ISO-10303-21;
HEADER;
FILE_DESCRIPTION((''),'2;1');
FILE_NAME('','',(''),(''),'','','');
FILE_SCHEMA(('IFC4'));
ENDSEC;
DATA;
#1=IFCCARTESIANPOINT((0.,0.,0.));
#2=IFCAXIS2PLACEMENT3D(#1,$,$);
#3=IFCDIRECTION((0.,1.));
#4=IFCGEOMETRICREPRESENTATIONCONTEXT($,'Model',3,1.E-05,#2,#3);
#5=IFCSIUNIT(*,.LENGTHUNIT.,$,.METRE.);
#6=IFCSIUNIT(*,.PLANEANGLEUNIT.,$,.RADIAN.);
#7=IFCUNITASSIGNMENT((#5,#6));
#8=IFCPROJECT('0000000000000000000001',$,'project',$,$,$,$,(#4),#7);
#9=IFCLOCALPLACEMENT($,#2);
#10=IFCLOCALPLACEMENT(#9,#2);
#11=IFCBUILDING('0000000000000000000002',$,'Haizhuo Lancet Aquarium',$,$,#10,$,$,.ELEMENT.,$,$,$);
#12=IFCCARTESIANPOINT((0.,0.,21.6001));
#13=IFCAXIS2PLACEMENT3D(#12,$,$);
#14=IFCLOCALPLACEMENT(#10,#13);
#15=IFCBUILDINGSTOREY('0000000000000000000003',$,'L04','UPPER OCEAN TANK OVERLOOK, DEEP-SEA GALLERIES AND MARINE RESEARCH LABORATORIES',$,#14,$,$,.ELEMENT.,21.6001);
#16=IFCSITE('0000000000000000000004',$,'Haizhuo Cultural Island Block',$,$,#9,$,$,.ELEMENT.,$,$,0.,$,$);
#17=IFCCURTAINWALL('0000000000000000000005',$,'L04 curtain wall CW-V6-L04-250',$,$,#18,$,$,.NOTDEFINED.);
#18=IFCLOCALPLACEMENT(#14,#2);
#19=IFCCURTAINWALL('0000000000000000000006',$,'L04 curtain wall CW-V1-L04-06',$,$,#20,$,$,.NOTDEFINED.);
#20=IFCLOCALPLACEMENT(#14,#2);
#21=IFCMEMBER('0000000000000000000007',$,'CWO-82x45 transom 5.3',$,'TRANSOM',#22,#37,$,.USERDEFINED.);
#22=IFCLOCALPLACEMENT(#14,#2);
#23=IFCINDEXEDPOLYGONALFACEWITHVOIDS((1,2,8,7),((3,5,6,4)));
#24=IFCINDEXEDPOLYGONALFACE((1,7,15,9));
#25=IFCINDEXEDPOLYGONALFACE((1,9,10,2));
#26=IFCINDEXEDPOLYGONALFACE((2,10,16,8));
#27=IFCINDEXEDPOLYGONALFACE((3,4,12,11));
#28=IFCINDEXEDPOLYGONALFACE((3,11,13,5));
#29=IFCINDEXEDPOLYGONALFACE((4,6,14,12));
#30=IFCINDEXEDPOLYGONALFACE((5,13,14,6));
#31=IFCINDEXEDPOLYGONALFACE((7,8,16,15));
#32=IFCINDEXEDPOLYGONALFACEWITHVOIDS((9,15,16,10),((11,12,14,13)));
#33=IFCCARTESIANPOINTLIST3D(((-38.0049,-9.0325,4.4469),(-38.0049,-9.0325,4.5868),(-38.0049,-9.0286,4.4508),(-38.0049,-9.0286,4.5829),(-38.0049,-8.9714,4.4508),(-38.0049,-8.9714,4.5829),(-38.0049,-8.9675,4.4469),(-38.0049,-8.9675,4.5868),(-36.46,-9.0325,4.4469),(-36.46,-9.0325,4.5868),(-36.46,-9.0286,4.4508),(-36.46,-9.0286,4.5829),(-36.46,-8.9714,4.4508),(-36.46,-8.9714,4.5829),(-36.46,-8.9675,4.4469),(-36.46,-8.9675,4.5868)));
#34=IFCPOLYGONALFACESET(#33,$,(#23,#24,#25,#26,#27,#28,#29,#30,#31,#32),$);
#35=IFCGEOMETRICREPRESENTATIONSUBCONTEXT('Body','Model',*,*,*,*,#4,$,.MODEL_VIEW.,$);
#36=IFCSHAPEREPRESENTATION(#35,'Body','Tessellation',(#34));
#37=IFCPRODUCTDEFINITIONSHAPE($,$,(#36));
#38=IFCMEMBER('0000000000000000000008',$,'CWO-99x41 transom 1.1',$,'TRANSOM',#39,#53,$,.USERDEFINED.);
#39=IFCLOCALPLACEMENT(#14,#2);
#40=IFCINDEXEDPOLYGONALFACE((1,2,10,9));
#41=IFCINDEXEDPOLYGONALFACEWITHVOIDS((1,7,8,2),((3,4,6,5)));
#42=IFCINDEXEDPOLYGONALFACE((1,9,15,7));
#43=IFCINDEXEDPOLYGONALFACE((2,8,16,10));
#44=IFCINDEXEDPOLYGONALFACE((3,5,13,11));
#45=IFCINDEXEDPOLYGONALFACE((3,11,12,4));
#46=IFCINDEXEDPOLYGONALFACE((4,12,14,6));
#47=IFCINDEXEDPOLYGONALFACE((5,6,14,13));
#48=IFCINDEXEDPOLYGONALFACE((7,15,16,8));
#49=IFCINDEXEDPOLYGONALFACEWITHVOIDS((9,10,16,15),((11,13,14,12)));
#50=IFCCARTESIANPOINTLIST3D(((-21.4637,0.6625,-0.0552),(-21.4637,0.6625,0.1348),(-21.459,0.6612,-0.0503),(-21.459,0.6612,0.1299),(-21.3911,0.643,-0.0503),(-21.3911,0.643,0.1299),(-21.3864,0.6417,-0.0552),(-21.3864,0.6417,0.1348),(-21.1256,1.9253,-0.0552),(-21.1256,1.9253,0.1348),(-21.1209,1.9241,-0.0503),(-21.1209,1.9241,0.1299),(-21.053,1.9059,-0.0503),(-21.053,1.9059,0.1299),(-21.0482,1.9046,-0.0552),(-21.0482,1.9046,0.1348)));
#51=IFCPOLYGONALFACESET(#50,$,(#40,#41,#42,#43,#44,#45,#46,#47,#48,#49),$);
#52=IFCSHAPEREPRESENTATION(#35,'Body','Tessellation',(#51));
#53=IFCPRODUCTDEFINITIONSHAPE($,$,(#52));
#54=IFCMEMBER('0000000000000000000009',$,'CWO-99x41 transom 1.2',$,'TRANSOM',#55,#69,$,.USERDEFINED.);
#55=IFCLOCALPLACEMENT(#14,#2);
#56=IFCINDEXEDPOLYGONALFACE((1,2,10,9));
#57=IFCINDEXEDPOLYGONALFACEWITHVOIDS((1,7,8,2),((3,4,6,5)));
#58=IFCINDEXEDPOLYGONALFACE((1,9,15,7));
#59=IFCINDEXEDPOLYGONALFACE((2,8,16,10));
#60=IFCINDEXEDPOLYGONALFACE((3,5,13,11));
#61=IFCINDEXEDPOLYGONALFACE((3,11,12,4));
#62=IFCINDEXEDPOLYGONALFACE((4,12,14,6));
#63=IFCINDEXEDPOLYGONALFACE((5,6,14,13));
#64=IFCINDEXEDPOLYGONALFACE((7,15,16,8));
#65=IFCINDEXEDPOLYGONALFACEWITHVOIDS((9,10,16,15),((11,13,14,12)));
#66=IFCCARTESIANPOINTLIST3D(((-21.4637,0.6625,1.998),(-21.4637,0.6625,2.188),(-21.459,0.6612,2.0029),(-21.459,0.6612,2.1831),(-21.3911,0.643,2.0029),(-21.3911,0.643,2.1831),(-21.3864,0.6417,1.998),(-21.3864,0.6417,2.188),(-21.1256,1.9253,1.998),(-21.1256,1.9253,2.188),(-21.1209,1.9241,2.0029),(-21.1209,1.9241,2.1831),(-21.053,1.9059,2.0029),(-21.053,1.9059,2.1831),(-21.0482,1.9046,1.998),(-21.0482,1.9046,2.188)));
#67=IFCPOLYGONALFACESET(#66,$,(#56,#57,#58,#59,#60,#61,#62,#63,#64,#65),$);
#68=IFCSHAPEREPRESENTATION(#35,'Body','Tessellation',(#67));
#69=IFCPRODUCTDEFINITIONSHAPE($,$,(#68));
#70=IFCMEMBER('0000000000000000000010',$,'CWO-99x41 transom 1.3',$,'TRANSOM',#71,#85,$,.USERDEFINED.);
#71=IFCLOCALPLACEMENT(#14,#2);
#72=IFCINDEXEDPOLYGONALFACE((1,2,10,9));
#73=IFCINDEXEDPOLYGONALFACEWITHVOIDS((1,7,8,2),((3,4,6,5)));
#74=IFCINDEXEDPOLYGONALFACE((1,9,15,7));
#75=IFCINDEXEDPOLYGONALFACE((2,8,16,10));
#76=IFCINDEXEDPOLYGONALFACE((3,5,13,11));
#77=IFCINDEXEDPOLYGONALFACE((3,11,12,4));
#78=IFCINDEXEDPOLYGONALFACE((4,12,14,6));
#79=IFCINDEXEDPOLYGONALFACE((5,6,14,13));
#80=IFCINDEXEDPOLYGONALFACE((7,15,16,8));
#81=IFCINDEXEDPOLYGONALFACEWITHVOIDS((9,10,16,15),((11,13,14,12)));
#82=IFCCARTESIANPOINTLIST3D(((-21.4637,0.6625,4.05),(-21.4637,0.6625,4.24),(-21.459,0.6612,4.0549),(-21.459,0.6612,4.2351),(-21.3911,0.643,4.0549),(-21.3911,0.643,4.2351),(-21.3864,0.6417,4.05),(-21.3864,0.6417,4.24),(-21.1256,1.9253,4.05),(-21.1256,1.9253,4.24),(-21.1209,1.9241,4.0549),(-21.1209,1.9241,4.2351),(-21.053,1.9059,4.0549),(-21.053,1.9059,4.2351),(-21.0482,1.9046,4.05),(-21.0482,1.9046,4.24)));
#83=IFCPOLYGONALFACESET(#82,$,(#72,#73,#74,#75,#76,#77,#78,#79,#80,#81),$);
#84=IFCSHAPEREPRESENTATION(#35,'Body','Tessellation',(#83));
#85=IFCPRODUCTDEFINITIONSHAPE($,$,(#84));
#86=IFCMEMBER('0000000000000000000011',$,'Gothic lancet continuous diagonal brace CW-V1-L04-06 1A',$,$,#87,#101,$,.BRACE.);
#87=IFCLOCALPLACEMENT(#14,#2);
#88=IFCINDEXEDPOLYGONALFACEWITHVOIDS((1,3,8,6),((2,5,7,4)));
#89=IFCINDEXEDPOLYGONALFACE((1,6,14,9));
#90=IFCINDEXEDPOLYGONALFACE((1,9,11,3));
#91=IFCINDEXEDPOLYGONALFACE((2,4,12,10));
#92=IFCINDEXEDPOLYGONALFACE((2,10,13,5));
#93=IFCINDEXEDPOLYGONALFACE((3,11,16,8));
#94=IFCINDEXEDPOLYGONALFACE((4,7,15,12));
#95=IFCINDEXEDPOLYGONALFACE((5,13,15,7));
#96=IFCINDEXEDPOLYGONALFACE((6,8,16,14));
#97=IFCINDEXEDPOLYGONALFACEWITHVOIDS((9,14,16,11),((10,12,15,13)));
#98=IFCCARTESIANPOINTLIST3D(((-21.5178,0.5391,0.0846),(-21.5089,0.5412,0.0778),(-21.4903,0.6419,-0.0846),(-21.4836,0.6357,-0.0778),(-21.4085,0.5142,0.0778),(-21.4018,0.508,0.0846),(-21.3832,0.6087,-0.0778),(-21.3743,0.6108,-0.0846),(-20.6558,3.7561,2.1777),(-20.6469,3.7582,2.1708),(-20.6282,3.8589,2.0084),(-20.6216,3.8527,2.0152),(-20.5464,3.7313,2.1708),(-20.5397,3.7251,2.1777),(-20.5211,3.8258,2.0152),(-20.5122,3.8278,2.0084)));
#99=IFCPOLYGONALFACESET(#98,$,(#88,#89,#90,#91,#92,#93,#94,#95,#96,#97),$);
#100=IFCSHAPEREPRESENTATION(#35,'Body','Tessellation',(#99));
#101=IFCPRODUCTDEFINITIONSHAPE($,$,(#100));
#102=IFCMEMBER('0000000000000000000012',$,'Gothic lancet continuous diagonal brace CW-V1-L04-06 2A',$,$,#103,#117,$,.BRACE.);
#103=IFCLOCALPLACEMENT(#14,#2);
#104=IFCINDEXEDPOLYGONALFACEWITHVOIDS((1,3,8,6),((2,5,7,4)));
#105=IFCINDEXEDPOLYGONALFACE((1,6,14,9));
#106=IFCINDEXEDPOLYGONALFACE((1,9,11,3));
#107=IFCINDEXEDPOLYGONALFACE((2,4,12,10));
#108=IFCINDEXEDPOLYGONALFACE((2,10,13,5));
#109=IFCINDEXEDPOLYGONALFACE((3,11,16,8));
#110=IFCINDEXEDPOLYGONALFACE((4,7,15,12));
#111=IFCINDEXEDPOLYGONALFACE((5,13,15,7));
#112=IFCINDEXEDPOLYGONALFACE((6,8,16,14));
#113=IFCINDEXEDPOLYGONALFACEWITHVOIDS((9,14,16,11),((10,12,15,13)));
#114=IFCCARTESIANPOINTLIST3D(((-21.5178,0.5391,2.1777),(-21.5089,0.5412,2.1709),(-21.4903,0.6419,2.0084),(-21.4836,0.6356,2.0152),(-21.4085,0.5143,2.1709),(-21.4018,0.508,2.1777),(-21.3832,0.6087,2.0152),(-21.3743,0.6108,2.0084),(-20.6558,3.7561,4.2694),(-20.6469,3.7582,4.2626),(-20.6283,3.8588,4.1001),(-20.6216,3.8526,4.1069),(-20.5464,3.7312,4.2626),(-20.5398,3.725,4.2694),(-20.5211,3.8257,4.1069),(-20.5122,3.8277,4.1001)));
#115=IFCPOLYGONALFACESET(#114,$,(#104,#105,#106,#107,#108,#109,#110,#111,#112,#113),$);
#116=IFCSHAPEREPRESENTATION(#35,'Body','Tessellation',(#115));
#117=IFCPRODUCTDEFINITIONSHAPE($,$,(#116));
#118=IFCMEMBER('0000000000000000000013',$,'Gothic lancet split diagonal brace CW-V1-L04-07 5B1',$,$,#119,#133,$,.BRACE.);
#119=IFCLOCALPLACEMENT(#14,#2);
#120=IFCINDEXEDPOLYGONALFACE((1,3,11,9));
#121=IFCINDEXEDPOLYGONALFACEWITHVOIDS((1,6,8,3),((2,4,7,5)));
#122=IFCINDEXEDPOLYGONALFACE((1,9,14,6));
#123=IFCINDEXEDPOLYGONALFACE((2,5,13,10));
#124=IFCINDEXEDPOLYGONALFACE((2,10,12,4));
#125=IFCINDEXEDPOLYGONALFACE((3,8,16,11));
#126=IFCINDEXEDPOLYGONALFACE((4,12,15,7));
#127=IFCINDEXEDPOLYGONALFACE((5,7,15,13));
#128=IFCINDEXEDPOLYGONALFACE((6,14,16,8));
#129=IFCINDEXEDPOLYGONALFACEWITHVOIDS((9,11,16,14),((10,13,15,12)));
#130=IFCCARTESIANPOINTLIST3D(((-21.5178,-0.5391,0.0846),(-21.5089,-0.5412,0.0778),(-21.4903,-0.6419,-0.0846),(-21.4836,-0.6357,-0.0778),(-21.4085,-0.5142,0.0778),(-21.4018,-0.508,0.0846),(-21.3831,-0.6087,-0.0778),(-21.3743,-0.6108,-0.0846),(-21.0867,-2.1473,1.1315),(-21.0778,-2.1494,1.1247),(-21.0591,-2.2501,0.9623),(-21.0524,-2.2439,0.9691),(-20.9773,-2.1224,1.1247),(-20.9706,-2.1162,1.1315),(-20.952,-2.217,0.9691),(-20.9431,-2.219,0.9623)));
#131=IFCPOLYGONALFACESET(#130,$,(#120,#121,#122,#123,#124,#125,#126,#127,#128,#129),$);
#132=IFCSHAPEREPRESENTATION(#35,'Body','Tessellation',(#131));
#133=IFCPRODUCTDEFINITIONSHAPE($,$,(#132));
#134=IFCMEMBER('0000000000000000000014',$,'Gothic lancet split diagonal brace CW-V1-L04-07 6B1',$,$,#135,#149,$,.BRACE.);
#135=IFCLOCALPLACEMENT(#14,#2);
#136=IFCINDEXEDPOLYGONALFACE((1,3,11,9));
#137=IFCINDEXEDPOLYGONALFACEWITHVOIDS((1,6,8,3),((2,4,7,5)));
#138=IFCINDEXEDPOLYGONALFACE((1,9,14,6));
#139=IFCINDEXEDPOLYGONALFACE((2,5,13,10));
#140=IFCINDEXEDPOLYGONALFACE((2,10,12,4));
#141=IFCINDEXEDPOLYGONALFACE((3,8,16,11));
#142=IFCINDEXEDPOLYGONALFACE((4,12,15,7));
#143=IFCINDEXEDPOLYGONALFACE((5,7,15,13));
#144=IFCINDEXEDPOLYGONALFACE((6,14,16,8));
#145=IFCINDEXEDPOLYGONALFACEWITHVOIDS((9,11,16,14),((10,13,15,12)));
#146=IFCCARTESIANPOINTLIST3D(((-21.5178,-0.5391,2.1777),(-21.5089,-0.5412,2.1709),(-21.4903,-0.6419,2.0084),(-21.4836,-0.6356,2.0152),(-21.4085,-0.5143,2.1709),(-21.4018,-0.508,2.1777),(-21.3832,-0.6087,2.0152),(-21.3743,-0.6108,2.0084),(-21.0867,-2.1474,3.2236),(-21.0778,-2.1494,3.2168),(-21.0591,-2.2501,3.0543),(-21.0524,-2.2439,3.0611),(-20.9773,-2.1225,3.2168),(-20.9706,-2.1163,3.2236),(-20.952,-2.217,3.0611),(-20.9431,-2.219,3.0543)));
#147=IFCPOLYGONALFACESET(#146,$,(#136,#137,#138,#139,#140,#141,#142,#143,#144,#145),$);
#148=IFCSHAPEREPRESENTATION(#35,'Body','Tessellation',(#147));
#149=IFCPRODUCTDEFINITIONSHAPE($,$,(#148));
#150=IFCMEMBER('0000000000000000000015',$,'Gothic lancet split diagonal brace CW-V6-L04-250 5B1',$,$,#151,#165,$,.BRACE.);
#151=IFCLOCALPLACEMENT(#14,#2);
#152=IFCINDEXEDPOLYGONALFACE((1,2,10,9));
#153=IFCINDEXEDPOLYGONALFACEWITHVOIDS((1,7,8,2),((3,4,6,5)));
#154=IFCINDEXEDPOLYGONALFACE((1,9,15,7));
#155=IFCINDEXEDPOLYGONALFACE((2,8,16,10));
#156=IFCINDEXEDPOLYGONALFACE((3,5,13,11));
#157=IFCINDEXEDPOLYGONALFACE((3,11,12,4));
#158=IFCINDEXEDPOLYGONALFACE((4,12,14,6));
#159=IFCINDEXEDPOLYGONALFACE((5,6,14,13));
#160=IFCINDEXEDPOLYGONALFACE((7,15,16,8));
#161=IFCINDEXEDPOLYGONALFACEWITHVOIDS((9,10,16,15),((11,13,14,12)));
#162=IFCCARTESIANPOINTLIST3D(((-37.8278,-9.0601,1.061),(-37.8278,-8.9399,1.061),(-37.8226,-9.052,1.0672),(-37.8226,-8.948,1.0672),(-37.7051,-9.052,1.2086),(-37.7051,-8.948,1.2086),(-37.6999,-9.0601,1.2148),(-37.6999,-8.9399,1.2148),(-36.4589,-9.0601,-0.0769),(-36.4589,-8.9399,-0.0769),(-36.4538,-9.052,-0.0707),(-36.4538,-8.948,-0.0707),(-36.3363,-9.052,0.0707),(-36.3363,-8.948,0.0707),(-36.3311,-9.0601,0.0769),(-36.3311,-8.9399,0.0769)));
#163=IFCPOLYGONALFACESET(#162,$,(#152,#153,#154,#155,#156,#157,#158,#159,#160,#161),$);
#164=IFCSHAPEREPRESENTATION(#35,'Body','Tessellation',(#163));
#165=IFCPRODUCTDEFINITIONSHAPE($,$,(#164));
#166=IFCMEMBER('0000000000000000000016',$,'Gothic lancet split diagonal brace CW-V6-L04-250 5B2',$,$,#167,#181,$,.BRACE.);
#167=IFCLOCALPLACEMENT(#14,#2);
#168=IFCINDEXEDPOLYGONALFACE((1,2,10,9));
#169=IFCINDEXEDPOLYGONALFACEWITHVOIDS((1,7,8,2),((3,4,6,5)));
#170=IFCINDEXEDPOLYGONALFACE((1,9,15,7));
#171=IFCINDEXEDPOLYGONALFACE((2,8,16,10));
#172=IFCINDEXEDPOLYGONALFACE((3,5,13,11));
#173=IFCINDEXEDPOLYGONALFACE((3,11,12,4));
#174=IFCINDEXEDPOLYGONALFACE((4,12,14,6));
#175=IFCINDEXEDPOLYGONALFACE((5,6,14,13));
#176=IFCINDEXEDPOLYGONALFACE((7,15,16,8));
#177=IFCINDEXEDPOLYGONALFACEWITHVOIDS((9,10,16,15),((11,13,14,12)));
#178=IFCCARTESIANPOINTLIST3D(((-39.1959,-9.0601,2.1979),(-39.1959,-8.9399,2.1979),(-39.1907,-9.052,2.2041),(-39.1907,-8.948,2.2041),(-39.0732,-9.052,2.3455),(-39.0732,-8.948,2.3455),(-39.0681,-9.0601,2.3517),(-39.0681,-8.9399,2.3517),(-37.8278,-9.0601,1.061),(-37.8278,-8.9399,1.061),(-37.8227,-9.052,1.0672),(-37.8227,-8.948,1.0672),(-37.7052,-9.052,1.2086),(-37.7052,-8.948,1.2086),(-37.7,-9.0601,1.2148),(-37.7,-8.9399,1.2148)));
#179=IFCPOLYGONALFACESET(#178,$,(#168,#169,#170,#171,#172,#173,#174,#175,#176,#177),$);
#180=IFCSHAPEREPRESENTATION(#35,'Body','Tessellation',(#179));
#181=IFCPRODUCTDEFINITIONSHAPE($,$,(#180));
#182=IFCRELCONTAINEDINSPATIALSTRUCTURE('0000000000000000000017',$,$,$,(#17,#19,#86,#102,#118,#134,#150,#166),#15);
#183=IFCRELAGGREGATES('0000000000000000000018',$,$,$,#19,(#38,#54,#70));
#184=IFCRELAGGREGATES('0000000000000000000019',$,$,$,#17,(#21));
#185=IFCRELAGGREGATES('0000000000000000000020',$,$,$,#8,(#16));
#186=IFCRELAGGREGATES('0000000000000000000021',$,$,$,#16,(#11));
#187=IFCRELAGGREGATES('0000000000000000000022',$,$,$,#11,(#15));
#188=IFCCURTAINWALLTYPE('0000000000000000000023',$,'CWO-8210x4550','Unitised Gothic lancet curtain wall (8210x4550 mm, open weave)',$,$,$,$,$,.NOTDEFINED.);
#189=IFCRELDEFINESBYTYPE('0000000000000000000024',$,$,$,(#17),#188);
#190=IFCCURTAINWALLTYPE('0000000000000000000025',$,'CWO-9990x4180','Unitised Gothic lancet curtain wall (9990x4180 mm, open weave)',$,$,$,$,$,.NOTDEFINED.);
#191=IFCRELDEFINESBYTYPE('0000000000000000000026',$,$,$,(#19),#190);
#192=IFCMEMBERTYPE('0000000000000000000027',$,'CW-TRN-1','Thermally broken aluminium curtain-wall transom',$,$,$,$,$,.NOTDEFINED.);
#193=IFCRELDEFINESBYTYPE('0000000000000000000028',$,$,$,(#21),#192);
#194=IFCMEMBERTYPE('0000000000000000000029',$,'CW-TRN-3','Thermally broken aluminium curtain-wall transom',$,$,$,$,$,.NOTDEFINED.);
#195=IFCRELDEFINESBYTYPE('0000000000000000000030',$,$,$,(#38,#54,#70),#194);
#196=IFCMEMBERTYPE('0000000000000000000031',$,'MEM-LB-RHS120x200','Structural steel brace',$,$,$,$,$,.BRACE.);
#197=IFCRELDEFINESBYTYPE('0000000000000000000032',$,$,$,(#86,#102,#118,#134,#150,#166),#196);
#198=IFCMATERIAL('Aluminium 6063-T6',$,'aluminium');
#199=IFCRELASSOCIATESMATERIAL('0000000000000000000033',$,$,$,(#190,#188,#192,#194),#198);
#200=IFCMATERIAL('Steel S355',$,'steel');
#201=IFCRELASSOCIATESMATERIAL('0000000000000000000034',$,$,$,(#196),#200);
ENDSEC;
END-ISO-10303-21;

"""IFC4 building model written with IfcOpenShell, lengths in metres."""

from ifc_helpers import new_model, si_unit, direction, frame, origin, origin_2d, place, context, subcontext, project, spatial, hollow_rectangle, extrude, material, material_profile, profile_set, type_object, element, aggregate, save


model = new_model("IFC4")

# Units and contexts
model_context = context("Model", 3, precision=1e-05, world=origin(), true_north=direction((0.0, 1.0)))
body_context = subcontext(model_context, "Body", "Model", "MODEL_VIEW")
ifc_project = project(units=[si_unit("LENGTHUNIT", "METRE"), si_unit("PLANEANGLEUNIT", "RADIAN")], contexts=[model_context])

# Site, building, storey
site_placement = place(None, origin())
site = spatial("IfcSite", under=ifc_project, at=site_placement, Name="Haizhuo Cultural Island Block", CompositionType="ELEMENT", RefElevation=0.0)
building_placement = place(site_placement, origin())
building = spatial("IfcBuilding", under=site, at=building_placement, Name="Haizhuo Lancet Aquarium", CompositionType="ELEMENT")
storey_placement = place(building_placement, frame((0.0, 0.0, 21.6001)))
storey = spatial("IfcBuildingStorey", under=building, at=storey_placement, Name="L04", Description="UPPER OCEAN TANK OVERLOOK, DEEP-SEA GALLERIES AND MARINE RESEARCH LABORATORIES", CompositionType="ELEMENT", Elevation=21.6001)

# Shared definitions
ifc_material_1 = material(Name="Aluminium 6063-T6", Category="aluminium")
curtain_wall_type_1 = type_object("IfcCurtainWallType", Name="CWO-9990x4180", Description="Unitised Gothic lancet curtain wall (9990x4180 mm, open weave)", PredefinedType="NOTDEFINED", material=ifc_material_1)

# Curtain wall
curtain_wall_type_2 = type_object("IfcCurtainWallType", Name="CWO-8210x4550", Description="Unitised Gothic lancet curtain wall (8210x4550 mm, open weave)", PredefinedType="NOTDEFINED", material=ifc_material_1)
curtain_wall_1_placement = place(storey_placement, origin())
curtain_wall_1 = element("IfcCurtainWall", 1, at=curtain_wall_1_placement, inside=storey, type_object=curtain_wall_type_2, Name="L04 curtain wall CW-V6-L04-250", PredefinedType="NOTDEFINED")

# Curtain wall
curtain_wall_2_placement = place(storey_placement, origin())
curtain_wall_2 = element("IfcCurtainWall", 2, at=curtain_wall_2_placement, inside=storey, type_object=curtain_wall_type_1, Name="L04 curtain wall CW-V1-L04-06", PredefinedType="NOTDEFINED")

# Members
ifc_material_profile_1 = material_profile(ifc_material_1, hollow_rectangle(XDim=0.0649, YDim=0.1399, WallThickness=0.0039, at=origin_2d()), Name="ALU-T 65x140x4")
ifc_profile_set_1 = profile_set([ifc_material_profile_1], Name="Aluminium 6063-T6")
member_type_1 = type_object("IfcMemberType", Name="CW-TRN-1", Description="Thermally broken aluminium curtain-wall transom", PredefinedType="NOTDEFINED", material=ifc_profile_set_1)
member_1_placement = place(storey_placement, frame((-38.0049, -9.0, 4.5168), z_axis=(1.0, 0.0, 0.0), x_axis=(0.0, 1.0, 0.0)))
member_1 = element("IfcMember", 3, at=member_1_placement, type_object=member_type_1, Name="CWO-82x45 transom 5.3", ObjectType="TRANSOM", PredefinedType="USERDEFINED", context=body_context, shape_type="SweptSolid", body=[
    extrude(hollow_rectangle(XDim=0.0649, YDim=0.1399, WallThickness=0.0039, at=origin_2d()), origin(), (0.0, 0.0, 1.0), 1.5449),
])
ifc_material_profile_2 = material_profile(ifc_material_1, hollow_rectangle(XDim=0.0801, YDim=0.1899, WallThickness=0.0049, at=origin_2d()), Name="ALU-T 80x190x5")
ifc_profile_set_2 = profile_set([ifc_material_profile_2], Name="Aluminium 6063-T6")
member_type_2 = type_object("IfcMemberType", Name="CW-TRN-3", Description="Thermally broken aluminium curtain-wall transom", PredefinedType="NOTDEFINED", material=ifc_profile_set_2)
member_2_placement = place(storey_placement, frame((-21.425, 0.6521, 0.0398), z_axis=(0.258627, 0.965977, 0.0), x_axis=(-0.965977, 0.258627, 0.0)))
member_2 = element("IfcMember", 4, at=member_2_placement, type_object=member_type_2, Name="CWO-99x41 transom 1.1", ObjectType="TRANSOM", PredefinedType="USERDEFINED", context=body_context, shape_type="SweptSolid", body=[
    extrude(hollow_rectangle(XDim=0.0801, YDim=0.1899, WallThickness=0.0049, at=origin_2d()), origin(), (0.0, 0.0, 1.0), 1.3074),
])
member_3_placement = place(storey_placement, frame((-21.425, 0.6521, 2.093), z_axis=(0.258627, 0.965977, 0.0), x_axis=(-0.965977, 0.258627, 0.0)))
member_3 = element("IfcMember", 5, at=member_3_placement, type_object=member_type_2, Name="CWO-99x41 transom 1.2", ObjectType="TRANSOM", PredefinedType="USERDEFINED", context=body_context, shape_type="SweptSolid", body=[
    extrude(hollow_rectangle(XDim=0.0801, YDim=0.1899, WallThickness=0.0049, at=origin_2d()), origin(), (0.0, 0.0, 1.0), 1.3074),
])
member_4_placement = place(storey_placement, frame((-21.425, 0.6521, 4.145), z_axis=(0.258627, 0.965977, 0.0), x_axis=(-0.965977, 0.258627, 0.0)))
member_4 = element("IfcMember", 6, at=member_4_placement, type_object=member_type_2, Name="CWO-99x41 transom 1.3", ObjectType="TRANSOM", PredefinedType="USERDEFINED", context=body_context, shape_type="SweptSolid", body=[
    extrude(hollow_rectangle(XDim=0.0801, YDim=0.1899, WallThickness=0.0049, at=origin_2d()), origin(), (0.0, 0.0, 1.0), 1.3074),
])
aggregate(curtain_wall_2, [member_2, member_3, member_4])

# Members
ifc_material_2 = material(Name="Steel S355", Category="steel")
ifc_material_profile_3 = material_profile(ifc_material_2, hollow_rectangle(XDim=0.1201, YDim=0.2, WallThickness=0.0081, at=origin_2d()), Name="RHS 120x200x8")
ifc_profile_set_3 = profile_set([ifc_material_profile_3], Name="Steel S355")
member_type_3 = type_object("IfcMemberType", Name="MEM-LB-RHS120x200", Description="Structural steel brace", PredefinedType="BRACE", material=ifc_profile_set_3)
member_5_placement = place(storey_placement, frame((-21.446, 0.575, 0.0), z_axis=(0.219153, 0.817836, 0.532087), x_axis=(-0.965922, 0.258835, 0.0)))
element("IfcMember", 7, at=member_5_placement, inside=storey, type_object=member_type_3, Name="Gothic lancet continuous diagonal brace CW-V1-L04-06 1A", PredefinedType="BRACE", context=body_context, shape_type="SweptSolid", body=[
    extrude(hollow_rectangle(XDim=0.1201, YDim=0.2, WallThickness=0.0081, at=origin_2d()), origin(), (0.0, 0.0, 1.0), 3.9336),
])
member_6_placement = place(storey_placement, frame((-21.446, 0.575, 2.093), z_axis=(0.219189, 0.817971, 0.531864), x_axis=(-0.965922, 0.258835, 0.0)))
element("IfcMember", 8, at=member_6_placement, inside=storey, type_object=member_type_3, Name="Gothic lancet continuous diagonal brace CW-V1-L04-06 2A", PredefinedType="BRACE", context=body_context, shape_type="SweptSolid", body=[
    extrude(hollow_rectangle(XDim=0.1201, YDim=0.2, WallThickness=0.0081, at=origin_2d()), origin(), (0.0, 0.0, 1.0), 3.9329),
])
member_7_placement = place(storey_placement, frame((-21.446, -0.575, 0.0), z_axis=(0.219224, -0.817682, 0.532294), x_axis=(0.965888, 0.258958, 0.0)))
element("IfcMember", 9, at=member_7_placement, inside=storey, type_object=member_type_3, Name="Gothic lancet split diagonal brace CW-V1-L04-07 5B1", PredefinedType="BRACE", context=body_context, shape_type="SweptSolid", body=[
    extrude(hollow_rectangle(XDim=0.1201, YDim=0.2, WallThickness=0.0081, at=origin_2d()), origin(), (0.0, 0.0, 1.0), 1.9668),
])
member_8_placement = place(storey_placement, frame((-21.446, -0.575, 2.093), z_axis=(0.219282, -0.817898, 0.531938), x_axis=(0.965888, 0.258958, 0.0)))
element("IfcMember", 10, at=member_8_placement, inside=storey, type_object=member_type_3, Name="Gothic lancet split diagonal brace CW-V1-L04-07 6B1", PredefinedType="BRACE", context=body_context, shape_type="SweptSolid", body=[
    extrude(hollow_rectangle(XDim=0.1201, YDim=0.2, WallThickness=0.0081, at=origin_2d()), origin(), (0.0, 0.0, 1.0), 1.9663),
])
member_9_placement = place(storey_placement, frame((-36.395, -9.0, 0.0), z_axis=(-0.768996, 0.0, 0.639253), x_axis=(0.0, -1.0, 0.0)))
element("IfcMember", 11, at=member_9_placement, inside=storey, type_object=member_type_3, Name="Gothic lancet split diagonal brace CW-V6-L04-250 5B1", PredefinedType="BRACE", context=body_context, shape_type="SweptSolid", body=[
    extrude(hollow_rectangle(XDim=0.1201, YDim=0.2, WallThickness=0.0081, at=origin_2d()), origin(), (0.0, 0.0, 1.0), 1.78),
])
member_10_placement = place(storey_placement, frame((-37.7639, -9.0, 1.1379), z_axis=(-0.769098, 0.0, 0.639131), x_axis=(0.0, -1.0, 0.0)))
element("IfcMember", 12, at=member_10_placement, inside=storey, type_object=member_type_3, Name="Gothic lancet split diagonal brace CW-V6-L04-250 5B2", PredefinedType="BRACE", context=body_context, shape_type="SweptSolid", body=[
    extrude(hollow_rectangle(XDim=0.1201, YDim=0.2, WallThickness=0.0081, at=origin_2d()), origin(), (0.0, 0.0, 1.0), 1.7788),
])

aggregate(curtain_wall_1, [member_1])

save(model, "model.ifc")
